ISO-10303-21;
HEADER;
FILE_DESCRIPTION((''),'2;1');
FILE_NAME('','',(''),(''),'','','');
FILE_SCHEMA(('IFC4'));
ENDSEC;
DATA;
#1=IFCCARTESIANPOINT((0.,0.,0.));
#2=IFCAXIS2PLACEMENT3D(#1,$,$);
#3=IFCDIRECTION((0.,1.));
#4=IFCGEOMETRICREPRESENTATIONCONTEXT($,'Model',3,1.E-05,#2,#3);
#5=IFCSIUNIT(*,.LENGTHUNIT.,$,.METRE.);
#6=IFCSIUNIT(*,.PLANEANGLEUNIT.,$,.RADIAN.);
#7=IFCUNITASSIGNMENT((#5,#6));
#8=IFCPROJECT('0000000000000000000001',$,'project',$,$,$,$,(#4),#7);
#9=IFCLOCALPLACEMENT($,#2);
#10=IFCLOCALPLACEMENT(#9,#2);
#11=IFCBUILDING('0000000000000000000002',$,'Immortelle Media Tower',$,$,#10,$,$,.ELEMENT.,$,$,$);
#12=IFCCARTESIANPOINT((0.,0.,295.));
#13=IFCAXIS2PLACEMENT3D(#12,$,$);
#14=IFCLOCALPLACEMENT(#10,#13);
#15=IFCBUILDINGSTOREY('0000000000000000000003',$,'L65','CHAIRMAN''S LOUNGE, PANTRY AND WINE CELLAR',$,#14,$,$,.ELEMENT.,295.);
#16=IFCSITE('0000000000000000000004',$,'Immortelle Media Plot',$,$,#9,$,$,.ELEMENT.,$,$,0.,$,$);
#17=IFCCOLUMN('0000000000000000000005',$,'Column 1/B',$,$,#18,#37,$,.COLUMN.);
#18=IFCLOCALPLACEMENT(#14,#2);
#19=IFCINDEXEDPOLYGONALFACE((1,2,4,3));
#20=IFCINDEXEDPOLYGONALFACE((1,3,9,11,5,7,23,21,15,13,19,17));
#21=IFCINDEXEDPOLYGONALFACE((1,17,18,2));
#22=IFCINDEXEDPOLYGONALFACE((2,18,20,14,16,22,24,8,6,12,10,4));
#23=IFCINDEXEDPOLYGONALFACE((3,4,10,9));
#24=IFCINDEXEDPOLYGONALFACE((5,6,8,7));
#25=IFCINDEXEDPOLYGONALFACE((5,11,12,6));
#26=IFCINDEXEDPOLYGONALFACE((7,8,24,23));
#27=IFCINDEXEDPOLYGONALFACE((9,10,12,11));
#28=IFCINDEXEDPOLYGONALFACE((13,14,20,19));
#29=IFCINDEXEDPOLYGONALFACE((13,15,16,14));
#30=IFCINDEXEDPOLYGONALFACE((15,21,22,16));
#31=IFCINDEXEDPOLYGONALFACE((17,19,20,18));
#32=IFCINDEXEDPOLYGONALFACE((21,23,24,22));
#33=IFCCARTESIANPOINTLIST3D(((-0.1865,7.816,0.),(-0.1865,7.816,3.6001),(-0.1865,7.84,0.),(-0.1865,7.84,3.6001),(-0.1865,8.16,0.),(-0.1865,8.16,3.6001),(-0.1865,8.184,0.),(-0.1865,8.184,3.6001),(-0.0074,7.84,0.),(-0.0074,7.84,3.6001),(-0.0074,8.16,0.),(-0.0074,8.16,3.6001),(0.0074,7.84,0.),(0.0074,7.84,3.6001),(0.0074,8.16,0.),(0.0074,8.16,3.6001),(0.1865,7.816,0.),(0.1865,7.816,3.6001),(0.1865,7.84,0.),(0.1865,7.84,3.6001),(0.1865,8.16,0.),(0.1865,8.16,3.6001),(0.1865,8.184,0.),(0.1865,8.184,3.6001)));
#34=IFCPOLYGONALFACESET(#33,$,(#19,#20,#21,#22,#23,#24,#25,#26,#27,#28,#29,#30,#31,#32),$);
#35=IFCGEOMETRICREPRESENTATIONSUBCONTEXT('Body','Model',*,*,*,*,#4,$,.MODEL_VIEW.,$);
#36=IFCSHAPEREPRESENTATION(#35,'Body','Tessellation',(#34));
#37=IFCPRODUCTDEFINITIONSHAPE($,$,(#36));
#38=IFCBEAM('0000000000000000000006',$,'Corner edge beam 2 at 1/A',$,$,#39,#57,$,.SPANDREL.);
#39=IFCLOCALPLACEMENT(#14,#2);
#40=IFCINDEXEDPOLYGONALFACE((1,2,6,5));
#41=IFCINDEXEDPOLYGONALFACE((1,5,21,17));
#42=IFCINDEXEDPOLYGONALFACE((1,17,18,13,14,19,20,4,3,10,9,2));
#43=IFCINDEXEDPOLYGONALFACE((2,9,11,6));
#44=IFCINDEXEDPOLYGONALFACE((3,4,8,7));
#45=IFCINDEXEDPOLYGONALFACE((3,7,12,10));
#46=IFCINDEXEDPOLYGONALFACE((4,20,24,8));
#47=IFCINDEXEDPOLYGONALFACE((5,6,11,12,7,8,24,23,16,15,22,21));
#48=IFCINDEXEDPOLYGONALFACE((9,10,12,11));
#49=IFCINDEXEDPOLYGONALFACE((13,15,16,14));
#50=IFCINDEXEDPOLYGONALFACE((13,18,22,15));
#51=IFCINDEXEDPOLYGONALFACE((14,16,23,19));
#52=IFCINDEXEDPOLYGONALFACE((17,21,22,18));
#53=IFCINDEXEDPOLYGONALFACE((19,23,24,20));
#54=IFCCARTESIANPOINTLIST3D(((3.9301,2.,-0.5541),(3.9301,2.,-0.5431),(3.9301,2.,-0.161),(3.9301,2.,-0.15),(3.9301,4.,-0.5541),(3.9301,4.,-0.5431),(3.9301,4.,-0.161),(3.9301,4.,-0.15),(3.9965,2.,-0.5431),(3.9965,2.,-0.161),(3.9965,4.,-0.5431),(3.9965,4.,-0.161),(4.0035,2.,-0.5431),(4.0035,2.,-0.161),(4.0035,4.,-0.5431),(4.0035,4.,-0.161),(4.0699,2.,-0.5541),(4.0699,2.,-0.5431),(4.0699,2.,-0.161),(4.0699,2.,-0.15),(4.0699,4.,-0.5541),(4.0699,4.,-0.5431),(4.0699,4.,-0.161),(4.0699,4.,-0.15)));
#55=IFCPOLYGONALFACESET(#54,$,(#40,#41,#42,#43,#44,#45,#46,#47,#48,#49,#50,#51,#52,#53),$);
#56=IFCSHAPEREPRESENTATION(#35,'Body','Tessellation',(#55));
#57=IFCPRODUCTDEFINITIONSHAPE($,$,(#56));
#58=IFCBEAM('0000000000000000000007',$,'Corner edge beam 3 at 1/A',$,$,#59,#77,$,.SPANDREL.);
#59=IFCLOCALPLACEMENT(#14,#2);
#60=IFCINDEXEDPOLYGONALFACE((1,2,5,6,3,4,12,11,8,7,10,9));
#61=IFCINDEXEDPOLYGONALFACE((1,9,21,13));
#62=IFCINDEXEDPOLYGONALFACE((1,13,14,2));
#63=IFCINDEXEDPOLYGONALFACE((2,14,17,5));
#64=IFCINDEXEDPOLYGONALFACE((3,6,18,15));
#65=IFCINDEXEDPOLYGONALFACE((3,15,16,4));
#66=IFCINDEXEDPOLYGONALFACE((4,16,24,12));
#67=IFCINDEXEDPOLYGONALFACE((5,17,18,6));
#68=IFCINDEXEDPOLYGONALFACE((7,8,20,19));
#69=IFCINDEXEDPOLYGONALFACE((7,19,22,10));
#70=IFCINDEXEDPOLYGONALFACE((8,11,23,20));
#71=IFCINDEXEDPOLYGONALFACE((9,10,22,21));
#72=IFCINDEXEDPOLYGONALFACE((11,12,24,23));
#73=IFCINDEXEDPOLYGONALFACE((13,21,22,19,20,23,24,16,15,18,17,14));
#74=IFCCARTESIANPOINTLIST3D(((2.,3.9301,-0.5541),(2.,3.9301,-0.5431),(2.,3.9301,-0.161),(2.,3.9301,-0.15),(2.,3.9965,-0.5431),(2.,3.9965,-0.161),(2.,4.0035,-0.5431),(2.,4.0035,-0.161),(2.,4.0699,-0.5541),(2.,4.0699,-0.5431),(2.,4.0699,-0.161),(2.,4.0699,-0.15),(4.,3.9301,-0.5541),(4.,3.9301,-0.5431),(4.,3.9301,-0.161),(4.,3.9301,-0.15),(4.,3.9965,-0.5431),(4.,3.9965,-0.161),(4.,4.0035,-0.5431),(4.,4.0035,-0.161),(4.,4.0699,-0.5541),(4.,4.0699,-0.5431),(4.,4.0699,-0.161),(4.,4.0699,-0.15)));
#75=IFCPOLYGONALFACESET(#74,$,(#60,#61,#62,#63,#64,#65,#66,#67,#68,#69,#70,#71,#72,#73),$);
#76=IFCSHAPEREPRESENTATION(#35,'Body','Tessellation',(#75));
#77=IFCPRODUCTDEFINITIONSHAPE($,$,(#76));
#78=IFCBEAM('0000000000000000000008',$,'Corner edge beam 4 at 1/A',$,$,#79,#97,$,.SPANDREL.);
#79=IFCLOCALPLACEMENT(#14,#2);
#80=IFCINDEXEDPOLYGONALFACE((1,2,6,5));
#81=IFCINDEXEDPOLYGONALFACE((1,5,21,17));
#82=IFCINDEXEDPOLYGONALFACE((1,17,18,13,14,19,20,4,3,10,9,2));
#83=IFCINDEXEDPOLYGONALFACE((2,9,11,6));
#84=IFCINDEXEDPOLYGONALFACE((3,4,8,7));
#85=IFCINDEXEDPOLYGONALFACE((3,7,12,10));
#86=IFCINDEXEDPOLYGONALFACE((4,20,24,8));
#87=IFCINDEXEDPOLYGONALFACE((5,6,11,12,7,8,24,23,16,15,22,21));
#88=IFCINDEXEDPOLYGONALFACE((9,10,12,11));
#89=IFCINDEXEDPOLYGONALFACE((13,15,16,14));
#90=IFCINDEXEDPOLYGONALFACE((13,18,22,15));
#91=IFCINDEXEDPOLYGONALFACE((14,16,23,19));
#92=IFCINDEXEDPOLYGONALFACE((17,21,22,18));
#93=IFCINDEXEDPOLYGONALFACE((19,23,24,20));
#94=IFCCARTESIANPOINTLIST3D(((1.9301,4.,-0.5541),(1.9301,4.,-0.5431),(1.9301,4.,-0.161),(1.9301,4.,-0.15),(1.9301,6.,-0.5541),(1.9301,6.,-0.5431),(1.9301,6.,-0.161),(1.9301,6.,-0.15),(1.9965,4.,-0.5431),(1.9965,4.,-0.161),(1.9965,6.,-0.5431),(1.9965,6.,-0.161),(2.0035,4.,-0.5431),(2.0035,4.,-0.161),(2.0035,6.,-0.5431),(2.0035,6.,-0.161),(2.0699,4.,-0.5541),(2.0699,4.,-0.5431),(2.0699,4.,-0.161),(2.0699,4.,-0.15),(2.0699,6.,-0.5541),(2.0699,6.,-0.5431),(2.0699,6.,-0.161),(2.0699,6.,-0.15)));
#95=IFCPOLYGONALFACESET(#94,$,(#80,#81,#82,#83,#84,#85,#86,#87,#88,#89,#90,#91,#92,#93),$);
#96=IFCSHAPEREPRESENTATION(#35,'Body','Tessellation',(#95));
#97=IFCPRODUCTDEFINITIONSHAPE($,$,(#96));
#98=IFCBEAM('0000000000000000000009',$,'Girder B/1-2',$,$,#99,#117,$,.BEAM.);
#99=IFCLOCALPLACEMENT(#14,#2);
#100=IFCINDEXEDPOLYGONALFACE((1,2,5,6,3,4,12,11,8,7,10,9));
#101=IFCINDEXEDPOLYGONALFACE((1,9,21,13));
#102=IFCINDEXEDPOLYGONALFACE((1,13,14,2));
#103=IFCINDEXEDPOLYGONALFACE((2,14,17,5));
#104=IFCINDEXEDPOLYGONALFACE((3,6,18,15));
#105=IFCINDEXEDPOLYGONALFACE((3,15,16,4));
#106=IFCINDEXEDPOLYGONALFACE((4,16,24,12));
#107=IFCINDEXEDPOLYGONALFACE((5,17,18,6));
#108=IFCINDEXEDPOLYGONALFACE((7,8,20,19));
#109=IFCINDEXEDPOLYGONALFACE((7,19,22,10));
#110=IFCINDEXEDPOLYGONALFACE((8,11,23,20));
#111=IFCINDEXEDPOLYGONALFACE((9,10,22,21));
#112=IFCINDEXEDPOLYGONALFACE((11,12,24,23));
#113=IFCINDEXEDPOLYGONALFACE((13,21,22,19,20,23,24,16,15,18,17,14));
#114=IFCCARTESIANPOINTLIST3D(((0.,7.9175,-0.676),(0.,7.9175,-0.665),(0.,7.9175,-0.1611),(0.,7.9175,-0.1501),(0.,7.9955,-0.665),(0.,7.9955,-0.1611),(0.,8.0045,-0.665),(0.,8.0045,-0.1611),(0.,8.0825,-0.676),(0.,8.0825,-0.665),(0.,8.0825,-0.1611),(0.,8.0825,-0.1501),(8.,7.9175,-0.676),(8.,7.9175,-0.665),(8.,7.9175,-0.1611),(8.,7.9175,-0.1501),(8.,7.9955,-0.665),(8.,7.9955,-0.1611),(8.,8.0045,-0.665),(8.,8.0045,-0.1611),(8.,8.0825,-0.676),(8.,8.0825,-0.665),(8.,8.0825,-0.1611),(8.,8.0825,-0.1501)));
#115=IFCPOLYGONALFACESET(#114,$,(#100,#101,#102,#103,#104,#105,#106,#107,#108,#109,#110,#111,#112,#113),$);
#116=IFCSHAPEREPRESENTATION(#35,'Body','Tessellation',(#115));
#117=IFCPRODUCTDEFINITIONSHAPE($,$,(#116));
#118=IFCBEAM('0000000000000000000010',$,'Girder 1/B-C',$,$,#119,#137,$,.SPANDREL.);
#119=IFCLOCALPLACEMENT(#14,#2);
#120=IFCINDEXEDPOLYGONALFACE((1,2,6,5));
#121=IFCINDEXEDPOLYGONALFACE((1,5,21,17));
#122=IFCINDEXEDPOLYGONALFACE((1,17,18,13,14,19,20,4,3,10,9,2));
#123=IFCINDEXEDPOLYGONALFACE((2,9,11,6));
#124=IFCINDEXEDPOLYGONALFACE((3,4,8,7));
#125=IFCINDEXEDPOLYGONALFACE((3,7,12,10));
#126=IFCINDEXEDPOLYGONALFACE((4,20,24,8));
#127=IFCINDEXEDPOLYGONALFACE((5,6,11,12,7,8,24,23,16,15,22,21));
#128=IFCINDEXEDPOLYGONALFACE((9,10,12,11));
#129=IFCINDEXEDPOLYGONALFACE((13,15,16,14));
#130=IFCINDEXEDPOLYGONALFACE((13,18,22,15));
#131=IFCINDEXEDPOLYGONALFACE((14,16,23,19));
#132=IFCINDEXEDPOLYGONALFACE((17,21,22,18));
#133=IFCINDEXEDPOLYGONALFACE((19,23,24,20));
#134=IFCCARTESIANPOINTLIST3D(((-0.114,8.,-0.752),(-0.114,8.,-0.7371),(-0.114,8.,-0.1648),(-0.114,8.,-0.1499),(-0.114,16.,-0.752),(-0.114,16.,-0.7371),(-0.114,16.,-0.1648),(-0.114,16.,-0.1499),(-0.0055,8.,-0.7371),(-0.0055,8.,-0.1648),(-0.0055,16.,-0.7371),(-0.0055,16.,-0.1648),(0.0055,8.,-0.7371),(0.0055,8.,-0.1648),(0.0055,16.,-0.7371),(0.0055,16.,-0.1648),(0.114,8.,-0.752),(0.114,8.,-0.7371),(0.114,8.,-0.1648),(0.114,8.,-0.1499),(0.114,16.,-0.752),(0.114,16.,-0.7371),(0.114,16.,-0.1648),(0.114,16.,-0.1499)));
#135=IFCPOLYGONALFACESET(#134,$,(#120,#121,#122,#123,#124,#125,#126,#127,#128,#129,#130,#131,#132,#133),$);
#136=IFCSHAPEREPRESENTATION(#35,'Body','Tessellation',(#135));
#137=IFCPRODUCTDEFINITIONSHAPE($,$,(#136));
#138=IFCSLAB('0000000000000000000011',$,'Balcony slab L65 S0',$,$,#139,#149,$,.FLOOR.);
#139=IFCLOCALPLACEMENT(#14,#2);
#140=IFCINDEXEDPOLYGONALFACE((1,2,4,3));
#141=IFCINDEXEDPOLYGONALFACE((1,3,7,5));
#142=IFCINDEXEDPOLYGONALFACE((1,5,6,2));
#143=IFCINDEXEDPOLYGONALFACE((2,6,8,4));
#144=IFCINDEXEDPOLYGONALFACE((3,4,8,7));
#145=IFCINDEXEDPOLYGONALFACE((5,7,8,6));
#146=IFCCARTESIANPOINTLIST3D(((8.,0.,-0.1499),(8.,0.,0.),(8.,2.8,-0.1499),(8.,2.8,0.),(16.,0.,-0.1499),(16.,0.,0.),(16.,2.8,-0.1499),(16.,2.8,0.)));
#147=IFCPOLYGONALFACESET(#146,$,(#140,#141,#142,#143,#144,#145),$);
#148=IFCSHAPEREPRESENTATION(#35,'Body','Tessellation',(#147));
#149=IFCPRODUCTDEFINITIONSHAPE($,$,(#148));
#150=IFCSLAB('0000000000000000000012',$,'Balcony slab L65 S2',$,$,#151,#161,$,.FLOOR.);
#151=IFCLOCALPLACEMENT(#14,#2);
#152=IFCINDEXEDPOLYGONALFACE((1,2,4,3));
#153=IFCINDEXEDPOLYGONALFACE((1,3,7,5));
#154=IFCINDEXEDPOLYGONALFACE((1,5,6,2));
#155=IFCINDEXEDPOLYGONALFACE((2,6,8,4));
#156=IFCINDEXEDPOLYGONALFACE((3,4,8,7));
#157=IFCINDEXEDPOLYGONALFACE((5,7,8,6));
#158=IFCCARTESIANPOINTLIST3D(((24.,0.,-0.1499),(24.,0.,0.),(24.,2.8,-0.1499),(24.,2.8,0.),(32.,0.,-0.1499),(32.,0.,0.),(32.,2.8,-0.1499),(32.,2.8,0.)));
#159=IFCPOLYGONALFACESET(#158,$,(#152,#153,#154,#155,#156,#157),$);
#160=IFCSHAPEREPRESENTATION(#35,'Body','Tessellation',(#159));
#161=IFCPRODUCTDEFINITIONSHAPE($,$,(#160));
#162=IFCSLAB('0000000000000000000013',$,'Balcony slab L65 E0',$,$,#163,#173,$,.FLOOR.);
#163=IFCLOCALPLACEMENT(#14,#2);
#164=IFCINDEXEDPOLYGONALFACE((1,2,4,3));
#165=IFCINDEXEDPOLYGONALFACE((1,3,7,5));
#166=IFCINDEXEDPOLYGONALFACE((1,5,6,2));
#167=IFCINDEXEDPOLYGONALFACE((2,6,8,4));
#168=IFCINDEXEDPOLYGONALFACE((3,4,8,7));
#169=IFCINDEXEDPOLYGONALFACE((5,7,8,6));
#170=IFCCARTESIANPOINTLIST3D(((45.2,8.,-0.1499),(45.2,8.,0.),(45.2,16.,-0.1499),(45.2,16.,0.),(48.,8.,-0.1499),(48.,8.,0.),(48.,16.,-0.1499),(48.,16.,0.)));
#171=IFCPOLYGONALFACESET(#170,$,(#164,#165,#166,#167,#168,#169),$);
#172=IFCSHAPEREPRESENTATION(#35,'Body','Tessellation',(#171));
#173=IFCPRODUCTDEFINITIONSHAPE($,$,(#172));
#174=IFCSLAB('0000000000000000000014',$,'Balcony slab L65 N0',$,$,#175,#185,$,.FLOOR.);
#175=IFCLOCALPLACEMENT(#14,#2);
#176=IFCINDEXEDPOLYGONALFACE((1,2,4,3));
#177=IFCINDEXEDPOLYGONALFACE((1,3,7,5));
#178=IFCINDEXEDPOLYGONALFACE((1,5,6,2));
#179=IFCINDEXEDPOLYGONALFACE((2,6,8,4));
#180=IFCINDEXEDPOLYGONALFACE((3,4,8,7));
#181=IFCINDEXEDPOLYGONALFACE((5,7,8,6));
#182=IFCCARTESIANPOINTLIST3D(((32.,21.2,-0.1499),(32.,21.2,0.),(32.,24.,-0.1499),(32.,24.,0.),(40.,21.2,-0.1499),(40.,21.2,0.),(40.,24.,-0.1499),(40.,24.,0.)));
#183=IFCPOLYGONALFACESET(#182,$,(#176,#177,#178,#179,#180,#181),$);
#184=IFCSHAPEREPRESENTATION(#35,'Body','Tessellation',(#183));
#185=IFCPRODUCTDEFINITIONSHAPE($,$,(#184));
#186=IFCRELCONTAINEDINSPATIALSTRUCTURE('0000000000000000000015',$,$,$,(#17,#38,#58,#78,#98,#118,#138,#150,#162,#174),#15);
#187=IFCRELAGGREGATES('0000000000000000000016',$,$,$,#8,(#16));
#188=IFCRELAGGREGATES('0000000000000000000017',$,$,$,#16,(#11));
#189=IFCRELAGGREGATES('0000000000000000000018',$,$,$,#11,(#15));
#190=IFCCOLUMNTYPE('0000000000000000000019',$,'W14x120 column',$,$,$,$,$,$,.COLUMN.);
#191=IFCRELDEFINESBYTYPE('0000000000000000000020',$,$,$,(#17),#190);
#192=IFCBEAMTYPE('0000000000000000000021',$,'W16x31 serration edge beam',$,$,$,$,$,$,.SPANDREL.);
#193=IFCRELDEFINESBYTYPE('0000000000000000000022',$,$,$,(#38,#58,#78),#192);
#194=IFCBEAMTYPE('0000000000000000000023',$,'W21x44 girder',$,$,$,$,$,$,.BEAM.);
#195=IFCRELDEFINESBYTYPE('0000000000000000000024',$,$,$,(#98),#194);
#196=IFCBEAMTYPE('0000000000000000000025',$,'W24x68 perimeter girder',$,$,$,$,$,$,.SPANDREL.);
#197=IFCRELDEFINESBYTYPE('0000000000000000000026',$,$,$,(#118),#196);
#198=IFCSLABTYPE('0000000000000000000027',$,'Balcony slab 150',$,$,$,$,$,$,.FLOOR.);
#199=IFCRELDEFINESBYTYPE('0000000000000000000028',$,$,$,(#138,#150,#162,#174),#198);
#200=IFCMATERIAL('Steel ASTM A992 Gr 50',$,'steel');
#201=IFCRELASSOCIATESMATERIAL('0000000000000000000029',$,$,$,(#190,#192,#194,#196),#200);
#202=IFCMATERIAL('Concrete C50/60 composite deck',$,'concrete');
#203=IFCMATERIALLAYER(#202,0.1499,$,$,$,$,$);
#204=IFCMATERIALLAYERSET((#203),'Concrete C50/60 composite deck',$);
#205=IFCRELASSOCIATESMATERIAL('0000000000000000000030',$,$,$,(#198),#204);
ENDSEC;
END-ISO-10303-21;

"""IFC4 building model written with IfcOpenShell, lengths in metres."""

from ifc_helpers import new_model, si_unit, direction, frame, origin, origin_2d, place, context, subcontext, project, spatial, polyline, i_section, outline, extrude, material, layer, layer_set, material_profile, profile_set, type_object, element, save


model = new_model("IFC4")

# Units and contexts
model_context = context("Model", 3, precision=1e-05, world=origin(), true_north=direction((0.0, 1.0)))
body_context = subcontext(model_context, "Body", "Model", "MODEL_VIEW")
ifc_project = project(units=[si_unit("LENGTHUNIT", "METRE"), si_unit("PLANEANGLEUNIT", "RADIAN")], contexts=[model_context])

# Site, building, storey
site_placement = place(None, origin())
site = spatial("IfcSite", under=ifc_project, at=site_placement, Name="Immortelle Media Plot", CompositionType="ELEMENT", RefElevation=0.0)
building_placement = place(site_placement, origin())
building = spatial("IfcBuilding", under=site, at=building_placement, Name="Immortelle Media Tower", CompositionType="ELEMENT")
storey_placement = place(building_placement, frame((0.0, 0.0, 295.0)))
storey = spatial("IfcBuildingStorey", under=building, at=storey_placement, Name="L65", Description="CHAIRMAN'S LOUNGE, PANTRY AND WINE CELLAR", CompositionType="ELEMENT", Elevation=295.0)

# Column
ifc_material_1 = material(Name="Steel ASTM A992 Gr 50", Category="steel")
ifc_material_profile_1 = material_profile(ifc_material_1, i_section(OverallWidth=0.373, OverallDepth=0.3679, WebThickness=0.0149, FlangeThickness=0.0239, at=origin_2d()), Name="W14x120")
ifc_profile_set_1 = profile_set([ifc_material_profile_1], Name="Steel ASTM A992 Gr 50")
column_type = type_object("IfcColumnType", Name="W14x120 column", PredefinedType="COLUMN", material=ifc_profile_set_1)
column_placement = place(storey_placement, frame((0.0, 8.0, 0.0), z_axis=(0.0, 0.0, 1.0), x_axis=(1.0, 0.0, 0.0)))
element("IfcColumn", 1, at=column_placement, inside=storey, type_object=column_type, Name="Column 1/B", PredefinedType="COLUMN", context=body_context, shape_type="SweptSolid", body=[
    extrude(i_section(OverallWidth=0.373, OverallDepth=0.3679, WebThickness=0.0149, FlangeThickness=0.0239, at=origin_2d()), origin(), (0.0, 0.0, 1.0), 3.6001),
])

# Beams
ifc_material_profile_2 = material_profile(ifc_material_1, i_section(OverallWidth=0.1399, OverallDepth=0.4041, WebThickness=0.0071, FlangeThickness=0.011, at=origin_2d()), Name="W16x31")
ifc_profile_set_2 = profile_set([ifc_material_profile_2], Name="Steel ASTM A992 Gr 50")
beam_type_1 = type_object("IfcBeamType", Name="W16x31 serration edge beam", PredefinedType="SPANDREL", material=ifc_profile_set_2)
for number, where, z_axis, x_axis, name in (
    (2, (4.0, 2.0, -0.3521), (0.0, 1.0, 0.0), (-1.0, 0.0, 0.0), "Corner edge beam 2 at 1/A"),
    (3, (4.0, 4.0, -0.3521), (-1.0, 0.0, 0.0), (0.0, -1.0, 0.0), "Corner edge beam 3 at 1/A"),
    (4, (2.0, 4.0, -0.3521), (0.0, 1.0, 0.0), (-1.0, 0.0, 0.0), "Corner edge beam 4 at 1/A"),
):
    element("IfcBeam", number, at=place(storey_placement, frame(where, z_axis=z_axis, x_axis=x_axis)), inside=storey, type_object=beam_type_1, Name=name, PredefinedType="SPANDREL", context=body_context, shape_type="SweptSolid", body=[
        extrude(i_section(OverallWidth=0.1399, OverallDepth=0.4041, WebThickness=0.0071, FlangeThickness=0.011, at=origin_2d()), origin(), (0.0, 0.0, 1.0), 2.0),
    ])
ifc_material_profile_3 = material_profile(ifc_material_1, i_section(OverallWidth=0.165, OverallDepth=0.5259, WebThickness=0.009, FlangeThickness=0.011, at=origin_2d()), Name="W21x44")
ifc_profile_set_3 = profile_set([ifc_material_profile_3], Name="Steel ASTM A992 Gr 50")
beam_type_2 = type_object("IfcBeamType", Name="W21x44 girder", PredefinedType="BEAM", material=ifc_profile_set_3)
beam_1_placement = place(storey_placement, frame((0.0, 8.0, -0.4131), z_axis=(1.0, 0.0, 0.0), x_axis=(0.0, 1.0, 0.0)))
element("IfcBeam", 5, at=beam_1_placement, inside=storey, type_object=beam_type_2, Name="Girder B/1-2", PredefinedType="BEAM", context=body_context, shape_type="SweptSolid", body=[
    extrude(i_section(OverallWidth=0.165, OverallDepth=0.5259, WebThickness=0.009, FlangeThickness=0.011, at=origin_2d()), origin(), (0.0, 0.0, 1.0), 8.0),
])
ifc_material_profile_4 = material_profile(ifc_material_1, i_section(OverallWidth=0.228, OverallDepth=0.6021, WebThickness=0.011, FlangeThickness=0.0149, at=origin_2d()), Name="W24x68")
ifc_profile_set_4 = profile_set([ifc_material_profile_4], Name="Steel ASTM A992 Gr 50")
beam_type_3 = type_object("IfcBeamType", Name="W24x68 perimeter girder", PredefinedType="SPANDREL", material=ifc_profile_set_4)
beam_2_placement = place(storey_placement, frame((0.0, 8.0, -0.4509), z_axis=(0.0, 1.0, 0.0), x_axis=(-1.0, 0.0, 0.0)))
element("IfcBeam", 6, at=beam_2_placement, inside=storey, type_object=beam_type_3, Name="Girder 1/B-C", PredefinedType="SPANDREL", context=body_context, shape_type="SweptSolid", body=[
    extrude(i_section(OverallWidth=0.228, OverallDepth=0.6021, WebThickness=0.011, FlangeThickness=0.0149, at=origin_2d()), origin(), (0.0, 0.0, 1.0), 8.0),
])

# Slabs
ifc_material_2 = material(Name="Concrete C50/60 composite deck", Category="concrete")
ifc_layer_1 = layer(ifc_material_2, 0.1499)
ifc_layer_set_1 = layer_set([ifc_layer_1], Name="Concrete C50/60 composite deck")
slab_type_1 = type_object("IfcSlabType", Name="Balcony slab 150", PredefinedType="FLOOR", material=ifc_layer_set_1)
slab_1_placement = place(storey_placement, frame((0.0, 0.0, -0.1499)))
element("IfcSlab", 7, at=slab_1_placement, inside=storey, type_object=slab_type_1, Name="Balcony slab L65 S0", PredefinedType="FLOOR", context=body_context, shape_type="SweptSolid", body=[
    extrude(outline(polyline([(16.0, 0.0), (16.0, 2.8), (8.0, 2.8), (8.0, 0.0), (16.0, 0.0)])), origin(), (0.0, 0.0, 1.0), 0.1499),
])
slab_2_placement = place(storey_placement, frame((0.0, 0.0, -0.1499)))
element("IfcSlab", 8, at=slab_2_placement, inside=storey, type_object=slab_type_1, Name="Balcony slab L65 S2", PredefinedType="FLOOR", context=body_context, shape_type="SweptSolid", body=[
    extrude(outline(polyline([(32.0, 0.0), (32.0, 2.8), (24.0, 2.8), (24.0, 0.0), (32.0, 0.0)])), origin(), (0.0, 0.0, 1.0), 0.1499),
])
slab_3_placement = place(storey_placement, frame((0.0, 0.0, -0.1499)))
element("IfcSlab", 9, at=slab_3_placement, inside=storey, type_object=slab_type_1, Name="Balcony slab L65 E0", PredefinedType="FLOOR", context=body_context, shape_type="SweptSolid", body=[
    extrude(outline(polyline([(48.0, 8.0), (48.0, 16.0), (45.2, 16.0), (45.2, 8.0), (48.0, 8.0)])), origin(), (0.0, 0.0, 1.0), 0.1499),
])
slab_4_placement = place(storey_placement, frame((0.0, 0.0, -0.1499)))
element("IfcSlab", 10, at=slab_4_placement, inside=storey, type_object=slab_type_1, Name="Balcony slab L65 N0", PredefinedType="FLOOR", context=body_context, shape_type="SweptSolid", body=[
    extrude(outline(polyline([(40.0, 21.2), (40.0, 24.0), (32.0, 24.0), (32.0, 21.2), (40.0, 21.2)])), origin(), (0.0, 0.0, 1.0), 0.1499),
])

save(model, "model.ifc")
